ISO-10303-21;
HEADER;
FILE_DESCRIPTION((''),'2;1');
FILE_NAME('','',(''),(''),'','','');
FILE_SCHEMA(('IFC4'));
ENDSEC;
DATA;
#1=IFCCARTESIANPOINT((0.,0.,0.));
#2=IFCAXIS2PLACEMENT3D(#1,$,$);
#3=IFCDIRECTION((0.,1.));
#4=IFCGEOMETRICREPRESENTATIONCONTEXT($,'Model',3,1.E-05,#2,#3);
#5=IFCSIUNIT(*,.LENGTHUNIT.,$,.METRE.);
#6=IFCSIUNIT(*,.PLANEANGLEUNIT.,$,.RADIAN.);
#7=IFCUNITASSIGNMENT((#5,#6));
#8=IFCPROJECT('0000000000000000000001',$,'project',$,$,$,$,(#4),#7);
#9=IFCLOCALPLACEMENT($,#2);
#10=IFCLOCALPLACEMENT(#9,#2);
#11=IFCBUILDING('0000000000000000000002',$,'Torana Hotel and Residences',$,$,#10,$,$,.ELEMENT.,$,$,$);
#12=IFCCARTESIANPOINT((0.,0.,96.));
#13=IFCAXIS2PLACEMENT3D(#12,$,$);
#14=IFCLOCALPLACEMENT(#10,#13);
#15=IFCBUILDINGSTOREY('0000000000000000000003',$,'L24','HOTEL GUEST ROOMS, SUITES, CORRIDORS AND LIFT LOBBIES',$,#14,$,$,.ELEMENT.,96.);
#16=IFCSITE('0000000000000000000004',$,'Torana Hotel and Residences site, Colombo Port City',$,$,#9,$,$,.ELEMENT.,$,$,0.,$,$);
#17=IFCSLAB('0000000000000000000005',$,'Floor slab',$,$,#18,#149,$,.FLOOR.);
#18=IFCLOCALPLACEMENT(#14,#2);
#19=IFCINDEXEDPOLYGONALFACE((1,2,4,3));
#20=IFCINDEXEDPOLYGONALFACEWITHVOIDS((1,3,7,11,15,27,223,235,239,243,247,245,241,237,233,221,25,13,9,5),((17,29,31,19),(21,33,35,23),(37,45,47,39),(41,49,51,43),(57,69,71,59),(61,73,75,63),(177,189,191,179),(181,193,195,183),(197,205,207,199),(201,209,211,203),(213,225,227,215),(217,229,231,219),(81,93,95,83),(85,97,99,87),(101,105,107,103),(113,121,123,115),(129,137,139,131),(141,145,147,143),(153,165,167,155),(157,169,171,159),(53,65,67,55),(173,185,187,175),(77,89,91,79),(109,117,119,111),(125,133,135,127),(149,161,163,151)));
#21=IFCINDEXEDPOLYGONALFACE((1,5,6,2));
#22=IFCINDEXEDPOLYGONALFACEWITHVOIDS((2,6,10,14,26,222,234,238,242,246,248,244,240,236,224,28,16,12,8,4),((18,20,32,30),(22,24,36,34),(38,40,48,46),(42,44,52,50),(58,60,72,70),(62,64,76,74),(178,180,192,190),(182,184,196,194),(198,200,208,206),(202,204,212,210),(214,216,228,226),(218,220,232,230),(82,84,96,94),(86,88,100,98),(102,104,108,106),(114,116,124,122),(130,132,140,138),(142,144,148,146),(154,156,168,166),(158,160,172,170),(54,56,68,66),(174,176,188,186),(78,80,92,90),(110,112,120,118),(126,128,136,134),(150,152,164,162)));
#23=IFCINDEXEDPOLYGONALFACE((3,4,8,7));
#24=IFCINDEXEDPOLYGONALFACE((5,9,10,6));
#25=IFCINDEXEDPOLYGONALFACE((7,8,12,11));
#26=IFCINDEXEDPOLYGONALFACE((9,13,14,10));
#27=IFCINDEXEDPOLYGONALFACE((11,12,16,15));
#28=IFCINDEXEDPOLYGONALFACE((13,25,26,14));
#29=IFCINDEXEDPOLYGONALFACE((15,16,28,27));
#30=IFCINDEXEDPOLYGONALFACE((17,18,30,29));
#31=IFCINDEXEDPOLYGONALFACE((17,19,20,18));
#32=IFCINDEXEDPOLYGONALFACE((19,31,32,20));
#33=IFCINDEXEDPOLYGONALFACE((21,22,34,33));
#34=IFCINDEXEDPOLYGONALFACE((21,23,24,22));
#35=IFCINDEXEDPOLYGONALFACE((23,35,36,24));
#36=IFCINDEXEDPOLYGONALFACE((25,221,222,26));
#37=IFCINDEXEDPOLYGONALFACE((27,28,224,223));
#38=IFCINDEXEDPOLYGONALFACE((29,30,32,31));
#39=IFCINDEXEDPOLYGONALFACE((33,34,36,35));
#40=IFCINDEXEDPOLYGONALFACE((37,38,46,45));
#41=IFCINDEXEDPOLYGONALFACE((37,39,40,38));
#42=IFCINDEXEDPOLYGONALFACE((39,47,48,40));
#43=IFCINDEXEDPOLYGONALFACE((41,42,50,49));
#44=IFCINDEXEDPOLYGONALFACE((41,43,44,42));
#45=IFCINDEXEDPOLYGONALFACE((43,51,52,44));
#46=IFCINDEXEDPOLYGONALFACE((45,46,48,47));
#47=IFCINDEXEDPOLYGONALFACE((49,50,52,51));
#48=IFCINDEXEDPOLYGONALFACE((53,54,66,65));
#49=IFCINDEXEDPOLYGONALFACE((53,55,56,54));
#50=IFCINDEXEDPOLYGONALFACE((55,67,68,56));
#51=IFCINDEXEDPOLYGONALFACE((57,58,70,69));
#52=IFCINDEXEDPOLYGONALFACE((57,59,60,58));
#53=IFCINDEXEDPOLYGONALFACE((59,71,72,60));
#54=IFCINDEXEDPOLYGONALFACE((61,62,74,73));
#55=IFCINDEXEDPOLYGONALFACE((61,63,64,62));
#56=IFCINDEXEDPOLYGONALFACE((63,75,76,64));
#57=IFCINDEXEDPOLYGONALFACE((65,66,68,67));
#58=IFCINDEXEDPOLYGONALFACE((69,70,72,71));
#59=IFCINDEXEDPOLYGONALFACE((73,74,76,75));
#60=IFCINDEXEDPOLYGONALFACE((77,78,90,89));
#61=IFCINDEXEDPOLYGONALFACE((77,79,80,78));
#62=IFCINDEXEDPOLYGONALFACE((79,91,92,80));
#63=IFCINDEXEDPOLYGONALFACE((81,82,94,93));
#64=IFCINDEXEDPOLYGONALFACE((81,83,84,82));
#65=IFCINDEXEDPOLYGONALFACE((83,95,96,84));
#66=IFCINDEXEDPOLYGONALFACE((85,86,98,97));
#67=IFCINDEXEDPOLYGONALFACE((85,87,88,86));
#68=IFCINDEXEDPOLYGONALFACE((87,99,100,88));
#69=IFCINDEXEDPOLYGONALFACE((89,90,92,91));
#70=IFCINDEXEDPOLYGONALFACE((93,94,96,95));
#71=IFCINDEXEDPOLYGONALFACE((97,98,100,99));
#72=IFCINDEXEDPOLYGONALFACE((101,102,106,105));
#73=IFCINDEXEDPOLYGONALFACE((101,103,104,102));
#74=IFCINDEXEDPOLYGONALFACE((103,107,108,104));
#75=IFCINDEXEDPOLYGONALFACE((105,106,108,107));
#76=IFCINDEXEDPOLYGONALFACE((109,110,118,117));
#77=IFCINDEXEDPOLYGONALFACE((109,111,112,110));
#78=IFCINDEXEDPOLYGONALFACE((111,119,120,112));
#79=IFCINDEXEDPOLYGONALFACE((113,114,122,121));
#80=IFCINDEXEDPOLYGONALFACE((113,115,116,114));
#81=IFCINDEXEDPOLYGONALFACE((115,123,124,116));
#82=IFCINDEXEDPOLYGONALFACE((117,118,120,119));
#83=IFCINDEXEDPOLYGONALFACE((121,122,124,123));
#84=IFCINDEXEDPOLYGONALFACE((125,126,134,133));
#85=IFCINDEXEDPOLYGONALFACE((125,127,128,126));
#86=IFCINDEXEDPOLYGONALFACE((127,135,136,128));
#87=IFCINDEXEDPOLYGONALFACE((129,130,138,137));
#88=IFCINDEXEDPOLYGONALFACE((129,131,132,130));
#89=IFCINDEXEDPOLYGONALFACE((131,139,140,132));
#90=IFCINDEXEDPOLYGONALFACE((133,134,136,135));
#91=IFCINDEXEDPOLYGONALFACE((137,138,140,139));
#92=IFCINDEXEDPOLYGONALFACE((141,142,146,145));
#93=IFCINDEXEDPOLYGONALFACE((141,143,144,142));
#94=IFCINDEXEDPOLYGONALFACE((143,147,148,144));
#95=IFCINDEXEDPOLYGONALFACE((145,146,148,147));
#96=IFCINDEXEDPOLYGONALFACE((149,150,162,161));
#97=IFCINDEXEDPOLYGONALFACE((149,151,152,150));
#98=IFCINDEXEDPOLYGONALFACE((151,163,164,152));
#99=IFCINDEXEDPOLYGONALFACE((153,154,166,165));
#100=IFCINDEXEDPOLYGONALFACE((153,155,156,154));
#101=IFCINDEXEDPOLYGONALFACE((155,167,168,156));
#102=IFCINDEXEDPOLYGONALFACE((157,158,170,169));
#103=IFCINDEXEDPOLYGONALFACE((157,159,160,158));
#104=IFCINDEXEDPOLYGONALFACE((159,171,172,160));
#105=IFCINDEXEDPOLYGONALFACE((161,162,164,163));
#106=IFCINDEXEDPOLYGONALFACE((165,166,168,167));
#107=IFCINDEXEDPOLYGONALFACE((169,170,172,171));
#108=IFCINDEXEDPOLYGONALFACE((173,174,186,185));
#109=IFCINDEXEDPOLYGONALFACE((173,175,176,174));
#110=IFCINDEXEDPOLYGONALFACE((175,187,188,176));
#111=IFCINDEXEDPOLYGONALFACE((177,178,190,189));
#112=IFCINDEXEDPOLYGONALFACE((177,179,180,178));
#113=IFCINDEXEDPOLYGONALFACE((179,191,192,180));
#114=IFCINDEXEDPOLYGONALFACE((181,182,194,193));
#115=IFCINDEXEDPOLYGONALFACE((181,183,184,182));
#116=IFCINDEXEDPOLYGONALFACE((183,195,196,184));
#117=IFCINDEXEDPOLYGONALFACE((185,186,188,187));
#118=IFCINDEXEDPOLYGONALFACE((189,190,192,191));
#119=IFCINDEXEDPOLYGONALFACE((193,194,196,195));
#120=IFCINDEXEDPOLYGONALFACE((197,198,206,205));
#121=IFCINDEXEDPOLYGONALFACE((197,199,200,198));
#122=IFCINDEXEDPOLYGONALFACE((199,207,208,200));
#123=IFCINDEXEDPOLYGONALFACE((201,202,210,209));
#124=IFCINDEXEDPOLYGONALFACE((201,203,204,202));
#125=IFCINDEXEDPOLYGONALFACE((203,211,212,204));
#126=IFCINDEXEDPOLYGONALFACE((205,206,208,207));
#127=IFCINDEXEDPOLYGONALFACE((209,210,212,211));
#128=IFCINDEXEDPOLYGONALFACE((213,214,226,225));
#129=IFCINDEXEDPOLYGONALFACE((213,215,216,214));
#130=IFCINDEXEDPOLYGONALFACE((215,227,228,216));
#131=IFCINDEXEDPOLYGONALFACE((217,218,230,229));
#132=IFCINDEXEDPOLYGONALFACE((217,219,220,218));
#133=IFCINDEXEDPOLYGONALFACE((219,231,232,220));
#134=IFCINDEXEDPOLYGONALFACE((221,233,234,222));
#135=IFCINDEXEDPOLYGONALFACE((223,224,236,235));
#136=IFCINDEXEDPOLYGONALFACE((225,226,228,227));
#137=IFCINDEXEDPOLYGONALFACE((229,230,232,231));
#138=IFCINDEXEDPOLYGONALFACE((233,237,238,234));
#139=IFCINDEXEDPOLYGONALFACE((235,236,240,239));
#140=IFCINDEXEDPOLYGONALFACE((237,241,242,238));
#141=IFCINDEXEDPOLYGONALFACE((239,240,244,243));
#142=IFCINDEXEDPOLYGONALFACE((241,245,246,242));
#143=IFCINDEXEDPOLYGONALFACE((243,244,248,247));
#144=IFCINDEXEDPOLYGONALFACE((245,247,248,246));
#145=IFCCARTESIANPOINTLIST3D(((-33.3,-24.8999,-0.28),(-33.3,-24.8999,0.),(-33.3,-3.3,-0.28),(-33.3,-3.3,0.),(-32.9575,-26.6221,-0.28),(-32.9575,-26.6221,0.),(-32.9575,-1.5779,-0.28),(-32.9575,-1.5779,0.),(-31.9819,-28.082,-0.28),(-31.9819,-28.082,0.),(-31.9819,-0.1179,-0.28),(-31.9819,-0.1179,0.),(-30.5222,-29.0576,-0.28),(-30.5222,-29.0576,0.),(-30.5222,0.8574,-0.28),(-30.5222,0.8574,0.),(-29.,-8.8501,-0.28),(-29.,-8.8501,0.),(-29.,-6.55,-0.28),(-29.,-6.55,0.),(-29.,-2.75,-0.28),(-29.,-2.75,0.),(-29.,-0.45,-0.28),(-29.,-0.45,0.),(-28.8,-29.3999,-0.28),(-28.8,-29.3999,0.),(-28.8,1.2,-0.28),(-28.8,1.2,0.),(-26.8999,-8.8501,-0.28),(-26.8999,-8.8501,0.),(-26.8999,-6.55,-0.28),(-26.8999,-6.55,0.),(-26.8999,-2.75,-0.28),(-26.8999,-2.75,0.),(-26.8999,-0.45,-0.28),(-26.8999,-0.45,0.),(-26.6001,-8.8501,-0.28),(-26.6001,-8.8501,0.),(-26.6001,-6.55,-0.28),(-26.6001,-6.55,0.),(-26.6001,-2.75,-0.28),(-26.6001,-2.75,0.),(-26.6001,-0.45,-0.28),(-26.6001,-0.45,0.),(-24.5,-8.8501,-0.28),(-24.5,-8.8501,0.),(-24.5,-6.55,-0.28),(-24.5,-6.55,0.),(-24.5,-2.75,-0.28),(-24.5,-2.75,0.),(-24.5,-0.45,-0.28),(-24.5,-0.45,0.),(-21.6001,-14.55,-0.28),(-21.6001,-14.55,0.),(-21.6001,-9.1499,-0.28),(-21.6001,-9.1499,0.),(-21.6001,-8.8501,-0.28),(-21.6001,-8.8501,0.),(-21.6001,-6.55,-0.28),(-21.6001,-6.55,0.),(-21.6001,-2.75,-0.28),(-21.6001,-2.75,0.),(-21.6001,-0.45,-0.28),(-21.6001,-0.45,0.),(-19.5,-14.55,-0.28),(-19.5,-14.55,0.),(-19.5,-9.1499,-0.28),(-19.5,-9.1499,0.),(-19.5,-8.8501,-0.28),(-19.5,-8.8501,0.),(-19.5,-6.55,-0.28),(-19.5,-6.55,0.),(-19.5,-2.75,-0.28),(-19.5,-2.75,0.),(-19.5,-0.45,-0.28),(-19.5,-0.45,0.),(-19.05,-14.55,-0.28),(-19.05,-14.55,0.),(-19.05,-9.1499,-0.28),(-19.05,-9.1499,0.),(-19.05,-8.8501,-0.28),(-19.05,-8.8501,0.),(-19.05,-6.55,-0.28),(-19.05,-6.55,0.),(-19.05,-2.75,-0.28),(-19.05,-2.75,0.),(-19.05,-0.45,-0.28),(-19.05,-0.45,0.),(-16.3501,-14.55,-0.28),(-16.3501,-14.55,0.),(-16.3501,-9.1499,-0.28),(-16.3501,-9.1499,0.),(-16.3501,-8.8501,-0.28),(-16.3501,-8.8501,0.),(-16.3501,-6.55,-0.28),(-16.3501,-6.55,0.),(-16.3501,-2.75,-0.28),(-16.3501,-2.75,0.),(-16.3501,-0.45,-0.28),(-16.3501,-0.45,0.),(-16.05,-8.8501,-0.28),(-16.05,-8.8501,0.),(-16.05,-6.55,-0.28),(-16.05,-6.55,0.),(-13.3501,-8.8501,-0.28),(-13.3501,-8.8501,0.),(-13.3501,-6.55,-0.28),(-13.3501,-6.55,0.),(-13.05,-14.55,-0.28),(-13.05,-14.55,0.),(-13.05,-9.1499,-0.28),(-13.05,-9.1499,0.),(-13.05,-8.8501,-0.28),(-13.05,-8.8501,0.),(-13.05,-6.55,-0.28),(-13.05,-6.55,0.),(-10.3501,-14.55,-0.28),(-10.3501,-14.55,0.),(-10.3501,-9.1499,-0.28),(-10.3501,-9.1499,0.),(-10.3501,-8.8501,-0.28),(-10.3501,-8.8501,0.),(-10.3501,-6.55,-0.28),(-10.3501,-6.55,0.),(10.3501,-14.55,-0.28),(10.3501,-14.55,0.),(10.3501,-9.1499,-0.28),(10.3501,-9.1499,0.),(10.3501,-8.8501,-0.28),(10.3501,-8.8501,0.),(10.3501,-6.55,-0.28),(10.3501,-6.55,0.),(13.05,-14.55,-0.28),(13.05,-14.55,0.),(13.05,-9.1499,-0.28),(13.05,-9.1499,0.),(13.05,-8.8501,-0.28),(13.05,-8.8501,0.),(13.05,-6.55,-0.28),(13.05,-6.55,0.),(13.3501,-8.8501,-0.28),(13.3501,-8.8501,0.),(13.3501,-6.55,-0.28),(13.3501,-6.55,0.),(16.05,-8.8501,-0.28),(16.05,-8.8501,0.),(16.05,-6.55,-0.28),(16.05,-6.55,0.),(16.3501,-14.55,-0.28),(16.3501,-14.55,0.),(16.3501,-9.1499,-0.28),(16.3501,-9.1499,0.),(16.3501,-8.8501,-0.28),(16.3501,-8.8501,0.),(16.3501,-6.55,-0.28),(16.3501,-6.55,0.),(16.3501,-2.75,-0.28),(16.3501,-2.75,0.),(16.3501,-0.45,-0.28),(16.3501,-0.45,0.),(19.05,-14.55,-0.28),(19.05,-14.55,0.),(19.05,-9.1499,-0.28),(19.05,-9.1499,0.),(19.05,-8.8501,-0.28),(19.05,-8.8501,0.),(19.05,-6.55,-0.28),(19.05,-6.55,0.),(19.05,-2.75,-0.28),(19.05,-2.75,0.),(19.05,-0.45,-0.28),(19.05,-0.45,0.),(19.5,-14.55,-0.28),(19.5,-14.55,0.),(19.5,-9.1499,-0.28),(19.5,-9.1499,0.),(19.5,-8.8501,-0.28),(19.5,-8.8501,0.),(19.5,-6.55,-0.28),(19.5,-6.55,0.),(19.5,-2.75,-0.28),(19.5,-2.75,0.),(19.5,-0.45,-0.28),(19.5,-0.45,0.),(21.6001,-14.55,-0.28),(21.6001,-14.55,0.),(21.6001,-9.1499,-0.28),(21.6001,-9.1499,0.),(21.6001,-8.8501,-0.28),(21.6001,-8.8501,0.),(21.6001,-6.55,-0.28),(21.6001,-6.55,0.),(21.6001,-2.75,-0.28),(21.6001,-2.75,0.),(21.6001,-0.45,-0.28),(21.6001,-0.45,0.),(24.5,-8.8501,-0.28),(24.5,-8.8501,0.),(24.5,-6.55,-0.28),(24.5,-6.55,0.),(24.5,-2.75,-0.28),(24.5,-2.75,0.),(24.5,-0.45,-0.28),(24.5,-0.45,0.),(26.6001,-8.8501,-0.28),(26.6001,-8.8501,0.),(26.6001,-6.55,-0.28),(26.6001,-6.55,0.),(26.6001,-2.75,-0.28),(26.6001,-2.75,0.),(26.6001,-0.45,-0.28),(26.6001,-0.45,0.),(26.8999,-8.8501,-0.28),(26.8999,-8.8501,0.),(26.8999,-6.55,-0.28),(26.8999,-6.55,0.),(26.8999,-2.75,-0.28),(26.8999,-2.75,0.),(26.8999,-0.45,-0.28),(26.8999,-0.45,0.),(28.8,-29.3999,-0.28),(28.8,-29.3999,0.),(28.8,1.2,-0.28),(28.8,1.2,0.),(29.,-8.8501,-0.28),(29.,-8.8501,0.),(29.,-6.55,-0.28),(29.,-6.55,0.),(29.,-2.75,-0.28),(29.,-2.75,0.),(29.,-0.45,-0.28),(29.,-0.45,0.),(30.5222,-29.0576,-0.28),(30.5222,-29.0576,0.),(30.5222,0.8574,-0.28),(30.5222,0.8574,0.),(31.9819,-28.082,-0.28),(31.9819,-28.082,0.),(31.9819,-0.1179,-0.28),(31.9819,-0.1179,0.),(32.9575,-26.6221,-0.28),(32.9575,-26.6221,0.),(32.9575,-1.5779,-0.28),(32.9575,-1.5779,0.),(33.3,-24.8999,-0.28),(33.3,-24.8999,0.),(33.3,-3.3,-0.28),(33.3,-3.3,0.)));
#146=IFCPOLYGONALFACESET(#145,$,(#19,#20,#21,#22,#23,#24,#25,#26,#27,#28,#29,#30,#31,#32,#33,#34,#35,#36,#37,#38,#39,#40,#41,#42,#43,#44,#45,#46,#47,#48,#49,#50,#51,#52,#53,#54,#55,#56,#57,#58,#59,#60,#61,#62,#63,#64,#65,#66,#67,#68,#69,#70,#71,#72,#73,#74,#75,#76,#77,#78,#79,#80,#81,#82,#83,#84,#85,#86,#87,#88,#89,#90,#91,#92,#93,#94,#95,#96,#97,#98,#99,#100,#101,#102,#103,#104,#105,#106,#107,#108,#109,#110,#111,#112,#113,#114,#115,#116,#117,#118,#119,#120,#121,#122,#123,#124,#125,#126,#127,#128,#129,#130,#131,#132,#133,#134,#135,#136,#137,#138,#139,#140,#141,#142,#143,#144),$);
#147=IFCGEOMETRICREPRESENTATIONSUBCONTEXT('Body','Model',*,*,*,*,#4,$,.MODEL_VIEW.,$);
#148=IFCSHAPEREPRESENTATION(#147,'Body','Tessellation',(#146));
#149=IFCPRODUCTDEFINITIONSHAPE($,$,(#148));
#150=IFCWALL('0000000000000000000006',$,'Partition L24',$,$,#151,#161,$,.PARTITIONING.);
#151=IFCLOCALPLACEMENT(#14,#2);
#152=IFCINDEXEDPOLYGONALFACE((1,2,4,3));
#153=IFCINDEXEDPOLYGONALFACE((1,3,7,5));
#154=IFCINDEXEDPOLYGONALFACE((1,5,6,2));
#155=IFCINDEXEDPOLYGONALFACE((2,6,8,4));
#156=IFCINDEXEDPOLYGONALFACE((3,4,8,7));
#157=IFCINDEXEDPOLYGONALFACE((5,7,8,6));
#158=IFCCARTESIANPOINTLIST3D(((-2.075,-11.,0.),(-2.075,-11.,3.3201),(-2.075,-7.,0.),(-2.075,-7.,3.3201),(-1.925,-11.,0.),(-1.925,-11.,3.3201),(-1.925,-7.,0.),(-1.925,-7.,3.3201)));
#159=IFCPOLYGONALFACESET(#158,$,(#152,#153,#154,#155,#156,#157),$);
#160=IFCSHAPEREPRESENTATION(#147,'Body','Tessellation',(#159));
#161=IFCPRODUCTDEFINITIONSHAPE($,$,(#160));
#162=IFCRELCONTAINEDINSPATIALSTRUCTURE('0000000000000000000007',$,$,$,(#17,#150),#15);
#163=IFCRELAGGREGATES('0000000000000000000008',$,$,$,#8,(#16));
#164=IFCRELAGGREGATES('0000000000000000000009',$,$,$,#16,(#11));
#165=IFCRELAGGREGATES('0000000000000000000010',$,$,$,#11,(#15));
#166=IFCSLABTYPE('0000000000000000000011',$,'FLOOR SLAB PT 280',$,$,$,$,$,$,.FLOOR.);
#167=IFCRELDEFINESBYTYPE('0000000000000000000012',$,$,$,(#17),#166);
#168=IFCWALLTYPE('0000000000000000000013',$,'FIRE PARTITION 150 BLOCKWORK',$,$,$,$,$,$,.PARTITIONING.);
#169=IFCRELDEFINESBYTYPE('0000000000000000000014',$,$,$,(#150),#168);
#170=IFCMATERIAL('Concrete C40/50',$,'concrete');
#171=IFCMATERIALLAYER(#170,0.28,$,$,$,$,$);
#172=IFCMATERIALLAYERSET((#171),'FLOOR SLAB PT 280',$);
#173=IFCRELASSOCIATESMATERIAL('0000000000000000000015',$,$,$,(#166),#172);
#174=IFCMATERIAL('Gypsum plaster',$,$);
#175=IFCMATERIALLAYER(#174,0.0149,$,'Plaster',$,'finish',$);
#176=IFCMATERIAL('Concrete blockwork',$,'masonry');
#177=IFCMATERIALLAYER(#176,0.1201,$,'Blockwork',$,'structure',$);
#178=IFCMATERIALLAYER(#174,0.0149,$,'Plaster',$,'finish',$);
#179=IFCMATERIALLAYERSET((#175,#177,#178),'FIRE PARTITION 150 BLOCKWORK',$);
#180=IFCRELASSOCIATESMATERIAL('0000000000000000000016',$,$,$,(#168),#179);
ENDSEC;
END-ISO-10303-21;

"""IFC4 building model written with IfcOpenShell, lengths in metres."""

from ifc_helpers import new_model, si_unit, direction, frame, frame_2d, origin, place, context, subcontext, project, spatial, polyline, rectangle, outline, extrude, material, layer, layer_set, type_object, element, save


model = new_model("IFC4")

# Units and contexts
model_context = context("Model", 3, precision=1e-05, world=origin(), true_north=direction((0.0, 1.0)))
body_context = subcontext(model_context, "Body", "Model", "MODEL_VIEW")
ifc_project = project(units=[si_unit("LENGTHUNIT", "METRE"), si_unit("PLANEANGLEUNIT", "RADIAN")], contexts=[model_context])

# Site, building, storey
site_placement = place(None, origin())
site = spatial("IfcSite", under=ifc_project, at=site_placement, Name="Torana Hotel and Residences site, Colombo Port City", CompositionType="ELEMENT", RefElevation=0.0)
building_placement = place(site_placement, origin())
building = spatial("IfcBuilding", under=site, at=building_placement, Name="Torana Hotel and Residences", CompositionType="ELEMENT")
storey_placement = place(building_placement, frame((0.0, 0.0, 96.0)))
storey = spatial("IfcBuildingStorey", under=building, at=storey_placement, Name="L24", Description="HOTEL GUEST ROOMS, SUITES, CORRIDORS AND LIFT LOBBIES", CompositionType="ELEMENT", Elevation=96.0)

# Slab
ifc_material_1 = material(Name="Concrete C40/50", Category="concrete")
ifc_layer_1 = layer(ifc_material_1, 0.28)
ifc_layer_set_1 = layer_set([ifc_layer_1], Name="FLOOR SLAB PT 280")
slab_type_1 = type_object("IfcSlabType", Name="FLOOR SLAB PT 280", PredefinedType="FLOOR", material=ifc_layer_set_1)
slab_1_placement = place(storey_placement, frame((0.0, 0.0, -0.28)))
element("IfcSlab", 1, at=slab_1_placement, inside=storey, type_object=slab_type_1, Name="Floor slab", PredefinedType="FLOOR", context=body_context, shape_type="SweptSolid", body=[
    extrude(outline(polyline([(33.3, -3.3), (32.9575, -1.5779), (31.9819, -0.1179), (30.5222, 0.8574), (28.8, 1.2), (-28.8, 1.2), (-30.5222, 0.8574), (-31.9819, -0.1179), (-32.9575, -1.5779), (-33.3, -3.3), (-33.3, -24.8999), (-32.9575, -26.6221), (-31.9819, -28.082), (-30.5222, -29.0576), (-28.8, -29.3999), (28.8, -29.3999), (30.5222, -29.0576), (31.9819, -28.082), (32.9575, -26.6221), (33.3, -24.8999), (33.3, -3.3)]), holes=[polyline([(-13.05, -14.55), (-10.3501, -14.55), (-10.3501, -9.1499), (-13.05, -9.1499), (-13.05, -14.55)]), polyline([(-19.05, -14.55), (-16.3501, -14.55), (-16.3501, -9.1499), (-19.05, -9.1499), (-19.05, -14.55)]), polyline([(-19.05, -2.75), (-16.3501, -2.75), (-16.3501, -0.45), (-19.05, -0.45), (-19.05, -2.75)]), polyline([(-26.6001, -2.75), (-24.5, -2.75), (-24.5, -0.45), (-26.6001, -0.45), (-26.6001, -2.75)]), polyline([(-29.0, -2.75), (-26.8999, -2.75), (-26.8999, -0.45), (-29.0, -0.45), (-29.0, -2.75)]), polyline([(-26.6001, -8.8501), (-24.5, -8.8501), (-24.5, -6.55), (-26.6001, -6.55), (-26.6001, -8.8501)]), polyline([(-29.0, -8.8501), (-26.8999, -8.8501), (-26.8999, -6.55), (-29.0, -6.55), (-29.0, -8.8501)]), polyline([(-21.6001, -2.75), (-19.5, -2.75), (-19.5, -0.45), (-21.6001, -0.45), (-21.6001, -2.75)]), polyline([(-21.6001, -8.8501), (-19.5, -8.8501), (-19.5, -6.55), (-21.6001, -6.55), (-21.6001, -8.8501)]), polyline([(-13.05, -8.8501), (-10.3501, -8.8501), (-10.3501, -6.55), (-13.05, -6.55), (-13.05, -8.8501)]), polyline([(-16.05, -8.8501), (-13.3501, -8.8501), (-13.3501, -6.55), (-16.05, -6.55), (-16.05, -8.8501)]), polyline([(-19.05, -8.8501), (-16.3501, -8.8501), (-16.3501, -6.55), (-19.05, -6.55), (-19.05, -8.8501)]), polyline([(-21.6001, -14.55), (-19.5, -14.55), (-19.5, -9.1499), (-21.6001, -9.1499), (-21.6001, -14.55)]), polyline([(10.3501, -14.55), (13.05, -14.55), (13.05, -9.1499), (10.3501, -9.1499), (10.3501, -14.55)]), polyline([(16.3501, -14.55), (19.05, -14.55), (19.05, -9.1499), (16.3501, -9.1499), (16.3501, -14.55)]), polyline([(16.3501, -2.75), (19.05, -2.75), (19.05, -0.45), (16.3501, -0.45), (16.3501, -2.75)]), polyline([(24.5, -2.75), (26.6001, -2.75), (26.6001, -0.45), (24.5, -0.45), (24.5, -2.75)]), polyline([(26.8999, -2.75), (29.0, -2.75), (29.0, -0.45), (26.8999, -0.45), (26.8999, -2.75)]), polyline([(24.5, -8.8501), (26.6001, -8.8501), (26.6001, -6.55), (24.5, -6.55), (24.5, -8.8501)]), polyline([(26.8999, -8.8501), (29.0, -8.8501), (29.0, -6.55), (26.8999, -6.55), (26.8999, -8.8501)]), polyline([(19.5, -2.75), (21.6001, -2.75), (21.6001, -0.45), (19.5, -0.45), (19.5, -2.75)]), polyline([(19.5, -8.8501), (21.6001, -8.8501), (21.6001, -6.55), (19.5, -6.55), (19.5, -8.8501)]), polyline([(10.3501, -8.8501), (13.05, -8.8501), (13.05, -6.55), (10.3501, -6.55), (10.3501, -8.8501)]), polyline([(13.3501, -8.8501), (16.05, -8.8501), (16.05, -6.55), (13.3501, -6.55), (13.3501, -8.8501)]), polyline([(16.3501, -8.8501), (19.05, -8.8501), (19.05, -6.55), (16.3501, -6.55), (16.3501, -8.8501)]), polyline([(19.5, -14.55), (21.6001, -14.55), (21.6001, -9.1499), (19.5, -9.1499), (19.5, -14.55)])]), origin(), (0.0, 0.0, 1.0), 0.28),
])

# Wall
ifc_material_2 = material(Name="Gypsum plaster")
ifc_layer_2 = layer(ifc_material_2, 0.0149, Name="Plaster", Category="finish")
ifc_material_3 = material(Name="Concrete blockwork", Category="masonry")
ifc_layer_3 = layer(ifc_material_3, 0.1201, Name="Blockwork", Category="structure")
ifc_layer_4 = layer(ifc_material_2, 0.0149, Name="Plaster", Category="finish")
ifc_layer_set_2 = layer_set([ifc_layer_2, ifc_layer_3, ifc_layer_4], Name="FIRE PARTITION 150 BLOCKWORK")
wall_type_1 = type_object("IfcWallType", Name="FIRE PARTITION 150 BLOCKWORK", PredefinedType="PARTITIONING", material=ifc_layer_set_2)
wall_1_placement = place(storey_placement, frame((-2.0, -11.0, 0.0), z_axis=(0.0, 0.0, 1.0), x_axis=(0.0, 1.0, 0.0)))
element("IfcWall", 2, at=wall_1_placement, inside=storey, type_object=wall_type_1, Name="Partition L24", PredefinedType="PARTITIONING", context=body_context, shape_type="SweptSolid", body=[
    extrude(rectangle(XDim=4.0, YDim=0.1499, at=frame_2d((2.0, 0.0))), origin(), (0.0, 0.0, 1.0), 3.3201),
])

save(model, "model.ifc")
